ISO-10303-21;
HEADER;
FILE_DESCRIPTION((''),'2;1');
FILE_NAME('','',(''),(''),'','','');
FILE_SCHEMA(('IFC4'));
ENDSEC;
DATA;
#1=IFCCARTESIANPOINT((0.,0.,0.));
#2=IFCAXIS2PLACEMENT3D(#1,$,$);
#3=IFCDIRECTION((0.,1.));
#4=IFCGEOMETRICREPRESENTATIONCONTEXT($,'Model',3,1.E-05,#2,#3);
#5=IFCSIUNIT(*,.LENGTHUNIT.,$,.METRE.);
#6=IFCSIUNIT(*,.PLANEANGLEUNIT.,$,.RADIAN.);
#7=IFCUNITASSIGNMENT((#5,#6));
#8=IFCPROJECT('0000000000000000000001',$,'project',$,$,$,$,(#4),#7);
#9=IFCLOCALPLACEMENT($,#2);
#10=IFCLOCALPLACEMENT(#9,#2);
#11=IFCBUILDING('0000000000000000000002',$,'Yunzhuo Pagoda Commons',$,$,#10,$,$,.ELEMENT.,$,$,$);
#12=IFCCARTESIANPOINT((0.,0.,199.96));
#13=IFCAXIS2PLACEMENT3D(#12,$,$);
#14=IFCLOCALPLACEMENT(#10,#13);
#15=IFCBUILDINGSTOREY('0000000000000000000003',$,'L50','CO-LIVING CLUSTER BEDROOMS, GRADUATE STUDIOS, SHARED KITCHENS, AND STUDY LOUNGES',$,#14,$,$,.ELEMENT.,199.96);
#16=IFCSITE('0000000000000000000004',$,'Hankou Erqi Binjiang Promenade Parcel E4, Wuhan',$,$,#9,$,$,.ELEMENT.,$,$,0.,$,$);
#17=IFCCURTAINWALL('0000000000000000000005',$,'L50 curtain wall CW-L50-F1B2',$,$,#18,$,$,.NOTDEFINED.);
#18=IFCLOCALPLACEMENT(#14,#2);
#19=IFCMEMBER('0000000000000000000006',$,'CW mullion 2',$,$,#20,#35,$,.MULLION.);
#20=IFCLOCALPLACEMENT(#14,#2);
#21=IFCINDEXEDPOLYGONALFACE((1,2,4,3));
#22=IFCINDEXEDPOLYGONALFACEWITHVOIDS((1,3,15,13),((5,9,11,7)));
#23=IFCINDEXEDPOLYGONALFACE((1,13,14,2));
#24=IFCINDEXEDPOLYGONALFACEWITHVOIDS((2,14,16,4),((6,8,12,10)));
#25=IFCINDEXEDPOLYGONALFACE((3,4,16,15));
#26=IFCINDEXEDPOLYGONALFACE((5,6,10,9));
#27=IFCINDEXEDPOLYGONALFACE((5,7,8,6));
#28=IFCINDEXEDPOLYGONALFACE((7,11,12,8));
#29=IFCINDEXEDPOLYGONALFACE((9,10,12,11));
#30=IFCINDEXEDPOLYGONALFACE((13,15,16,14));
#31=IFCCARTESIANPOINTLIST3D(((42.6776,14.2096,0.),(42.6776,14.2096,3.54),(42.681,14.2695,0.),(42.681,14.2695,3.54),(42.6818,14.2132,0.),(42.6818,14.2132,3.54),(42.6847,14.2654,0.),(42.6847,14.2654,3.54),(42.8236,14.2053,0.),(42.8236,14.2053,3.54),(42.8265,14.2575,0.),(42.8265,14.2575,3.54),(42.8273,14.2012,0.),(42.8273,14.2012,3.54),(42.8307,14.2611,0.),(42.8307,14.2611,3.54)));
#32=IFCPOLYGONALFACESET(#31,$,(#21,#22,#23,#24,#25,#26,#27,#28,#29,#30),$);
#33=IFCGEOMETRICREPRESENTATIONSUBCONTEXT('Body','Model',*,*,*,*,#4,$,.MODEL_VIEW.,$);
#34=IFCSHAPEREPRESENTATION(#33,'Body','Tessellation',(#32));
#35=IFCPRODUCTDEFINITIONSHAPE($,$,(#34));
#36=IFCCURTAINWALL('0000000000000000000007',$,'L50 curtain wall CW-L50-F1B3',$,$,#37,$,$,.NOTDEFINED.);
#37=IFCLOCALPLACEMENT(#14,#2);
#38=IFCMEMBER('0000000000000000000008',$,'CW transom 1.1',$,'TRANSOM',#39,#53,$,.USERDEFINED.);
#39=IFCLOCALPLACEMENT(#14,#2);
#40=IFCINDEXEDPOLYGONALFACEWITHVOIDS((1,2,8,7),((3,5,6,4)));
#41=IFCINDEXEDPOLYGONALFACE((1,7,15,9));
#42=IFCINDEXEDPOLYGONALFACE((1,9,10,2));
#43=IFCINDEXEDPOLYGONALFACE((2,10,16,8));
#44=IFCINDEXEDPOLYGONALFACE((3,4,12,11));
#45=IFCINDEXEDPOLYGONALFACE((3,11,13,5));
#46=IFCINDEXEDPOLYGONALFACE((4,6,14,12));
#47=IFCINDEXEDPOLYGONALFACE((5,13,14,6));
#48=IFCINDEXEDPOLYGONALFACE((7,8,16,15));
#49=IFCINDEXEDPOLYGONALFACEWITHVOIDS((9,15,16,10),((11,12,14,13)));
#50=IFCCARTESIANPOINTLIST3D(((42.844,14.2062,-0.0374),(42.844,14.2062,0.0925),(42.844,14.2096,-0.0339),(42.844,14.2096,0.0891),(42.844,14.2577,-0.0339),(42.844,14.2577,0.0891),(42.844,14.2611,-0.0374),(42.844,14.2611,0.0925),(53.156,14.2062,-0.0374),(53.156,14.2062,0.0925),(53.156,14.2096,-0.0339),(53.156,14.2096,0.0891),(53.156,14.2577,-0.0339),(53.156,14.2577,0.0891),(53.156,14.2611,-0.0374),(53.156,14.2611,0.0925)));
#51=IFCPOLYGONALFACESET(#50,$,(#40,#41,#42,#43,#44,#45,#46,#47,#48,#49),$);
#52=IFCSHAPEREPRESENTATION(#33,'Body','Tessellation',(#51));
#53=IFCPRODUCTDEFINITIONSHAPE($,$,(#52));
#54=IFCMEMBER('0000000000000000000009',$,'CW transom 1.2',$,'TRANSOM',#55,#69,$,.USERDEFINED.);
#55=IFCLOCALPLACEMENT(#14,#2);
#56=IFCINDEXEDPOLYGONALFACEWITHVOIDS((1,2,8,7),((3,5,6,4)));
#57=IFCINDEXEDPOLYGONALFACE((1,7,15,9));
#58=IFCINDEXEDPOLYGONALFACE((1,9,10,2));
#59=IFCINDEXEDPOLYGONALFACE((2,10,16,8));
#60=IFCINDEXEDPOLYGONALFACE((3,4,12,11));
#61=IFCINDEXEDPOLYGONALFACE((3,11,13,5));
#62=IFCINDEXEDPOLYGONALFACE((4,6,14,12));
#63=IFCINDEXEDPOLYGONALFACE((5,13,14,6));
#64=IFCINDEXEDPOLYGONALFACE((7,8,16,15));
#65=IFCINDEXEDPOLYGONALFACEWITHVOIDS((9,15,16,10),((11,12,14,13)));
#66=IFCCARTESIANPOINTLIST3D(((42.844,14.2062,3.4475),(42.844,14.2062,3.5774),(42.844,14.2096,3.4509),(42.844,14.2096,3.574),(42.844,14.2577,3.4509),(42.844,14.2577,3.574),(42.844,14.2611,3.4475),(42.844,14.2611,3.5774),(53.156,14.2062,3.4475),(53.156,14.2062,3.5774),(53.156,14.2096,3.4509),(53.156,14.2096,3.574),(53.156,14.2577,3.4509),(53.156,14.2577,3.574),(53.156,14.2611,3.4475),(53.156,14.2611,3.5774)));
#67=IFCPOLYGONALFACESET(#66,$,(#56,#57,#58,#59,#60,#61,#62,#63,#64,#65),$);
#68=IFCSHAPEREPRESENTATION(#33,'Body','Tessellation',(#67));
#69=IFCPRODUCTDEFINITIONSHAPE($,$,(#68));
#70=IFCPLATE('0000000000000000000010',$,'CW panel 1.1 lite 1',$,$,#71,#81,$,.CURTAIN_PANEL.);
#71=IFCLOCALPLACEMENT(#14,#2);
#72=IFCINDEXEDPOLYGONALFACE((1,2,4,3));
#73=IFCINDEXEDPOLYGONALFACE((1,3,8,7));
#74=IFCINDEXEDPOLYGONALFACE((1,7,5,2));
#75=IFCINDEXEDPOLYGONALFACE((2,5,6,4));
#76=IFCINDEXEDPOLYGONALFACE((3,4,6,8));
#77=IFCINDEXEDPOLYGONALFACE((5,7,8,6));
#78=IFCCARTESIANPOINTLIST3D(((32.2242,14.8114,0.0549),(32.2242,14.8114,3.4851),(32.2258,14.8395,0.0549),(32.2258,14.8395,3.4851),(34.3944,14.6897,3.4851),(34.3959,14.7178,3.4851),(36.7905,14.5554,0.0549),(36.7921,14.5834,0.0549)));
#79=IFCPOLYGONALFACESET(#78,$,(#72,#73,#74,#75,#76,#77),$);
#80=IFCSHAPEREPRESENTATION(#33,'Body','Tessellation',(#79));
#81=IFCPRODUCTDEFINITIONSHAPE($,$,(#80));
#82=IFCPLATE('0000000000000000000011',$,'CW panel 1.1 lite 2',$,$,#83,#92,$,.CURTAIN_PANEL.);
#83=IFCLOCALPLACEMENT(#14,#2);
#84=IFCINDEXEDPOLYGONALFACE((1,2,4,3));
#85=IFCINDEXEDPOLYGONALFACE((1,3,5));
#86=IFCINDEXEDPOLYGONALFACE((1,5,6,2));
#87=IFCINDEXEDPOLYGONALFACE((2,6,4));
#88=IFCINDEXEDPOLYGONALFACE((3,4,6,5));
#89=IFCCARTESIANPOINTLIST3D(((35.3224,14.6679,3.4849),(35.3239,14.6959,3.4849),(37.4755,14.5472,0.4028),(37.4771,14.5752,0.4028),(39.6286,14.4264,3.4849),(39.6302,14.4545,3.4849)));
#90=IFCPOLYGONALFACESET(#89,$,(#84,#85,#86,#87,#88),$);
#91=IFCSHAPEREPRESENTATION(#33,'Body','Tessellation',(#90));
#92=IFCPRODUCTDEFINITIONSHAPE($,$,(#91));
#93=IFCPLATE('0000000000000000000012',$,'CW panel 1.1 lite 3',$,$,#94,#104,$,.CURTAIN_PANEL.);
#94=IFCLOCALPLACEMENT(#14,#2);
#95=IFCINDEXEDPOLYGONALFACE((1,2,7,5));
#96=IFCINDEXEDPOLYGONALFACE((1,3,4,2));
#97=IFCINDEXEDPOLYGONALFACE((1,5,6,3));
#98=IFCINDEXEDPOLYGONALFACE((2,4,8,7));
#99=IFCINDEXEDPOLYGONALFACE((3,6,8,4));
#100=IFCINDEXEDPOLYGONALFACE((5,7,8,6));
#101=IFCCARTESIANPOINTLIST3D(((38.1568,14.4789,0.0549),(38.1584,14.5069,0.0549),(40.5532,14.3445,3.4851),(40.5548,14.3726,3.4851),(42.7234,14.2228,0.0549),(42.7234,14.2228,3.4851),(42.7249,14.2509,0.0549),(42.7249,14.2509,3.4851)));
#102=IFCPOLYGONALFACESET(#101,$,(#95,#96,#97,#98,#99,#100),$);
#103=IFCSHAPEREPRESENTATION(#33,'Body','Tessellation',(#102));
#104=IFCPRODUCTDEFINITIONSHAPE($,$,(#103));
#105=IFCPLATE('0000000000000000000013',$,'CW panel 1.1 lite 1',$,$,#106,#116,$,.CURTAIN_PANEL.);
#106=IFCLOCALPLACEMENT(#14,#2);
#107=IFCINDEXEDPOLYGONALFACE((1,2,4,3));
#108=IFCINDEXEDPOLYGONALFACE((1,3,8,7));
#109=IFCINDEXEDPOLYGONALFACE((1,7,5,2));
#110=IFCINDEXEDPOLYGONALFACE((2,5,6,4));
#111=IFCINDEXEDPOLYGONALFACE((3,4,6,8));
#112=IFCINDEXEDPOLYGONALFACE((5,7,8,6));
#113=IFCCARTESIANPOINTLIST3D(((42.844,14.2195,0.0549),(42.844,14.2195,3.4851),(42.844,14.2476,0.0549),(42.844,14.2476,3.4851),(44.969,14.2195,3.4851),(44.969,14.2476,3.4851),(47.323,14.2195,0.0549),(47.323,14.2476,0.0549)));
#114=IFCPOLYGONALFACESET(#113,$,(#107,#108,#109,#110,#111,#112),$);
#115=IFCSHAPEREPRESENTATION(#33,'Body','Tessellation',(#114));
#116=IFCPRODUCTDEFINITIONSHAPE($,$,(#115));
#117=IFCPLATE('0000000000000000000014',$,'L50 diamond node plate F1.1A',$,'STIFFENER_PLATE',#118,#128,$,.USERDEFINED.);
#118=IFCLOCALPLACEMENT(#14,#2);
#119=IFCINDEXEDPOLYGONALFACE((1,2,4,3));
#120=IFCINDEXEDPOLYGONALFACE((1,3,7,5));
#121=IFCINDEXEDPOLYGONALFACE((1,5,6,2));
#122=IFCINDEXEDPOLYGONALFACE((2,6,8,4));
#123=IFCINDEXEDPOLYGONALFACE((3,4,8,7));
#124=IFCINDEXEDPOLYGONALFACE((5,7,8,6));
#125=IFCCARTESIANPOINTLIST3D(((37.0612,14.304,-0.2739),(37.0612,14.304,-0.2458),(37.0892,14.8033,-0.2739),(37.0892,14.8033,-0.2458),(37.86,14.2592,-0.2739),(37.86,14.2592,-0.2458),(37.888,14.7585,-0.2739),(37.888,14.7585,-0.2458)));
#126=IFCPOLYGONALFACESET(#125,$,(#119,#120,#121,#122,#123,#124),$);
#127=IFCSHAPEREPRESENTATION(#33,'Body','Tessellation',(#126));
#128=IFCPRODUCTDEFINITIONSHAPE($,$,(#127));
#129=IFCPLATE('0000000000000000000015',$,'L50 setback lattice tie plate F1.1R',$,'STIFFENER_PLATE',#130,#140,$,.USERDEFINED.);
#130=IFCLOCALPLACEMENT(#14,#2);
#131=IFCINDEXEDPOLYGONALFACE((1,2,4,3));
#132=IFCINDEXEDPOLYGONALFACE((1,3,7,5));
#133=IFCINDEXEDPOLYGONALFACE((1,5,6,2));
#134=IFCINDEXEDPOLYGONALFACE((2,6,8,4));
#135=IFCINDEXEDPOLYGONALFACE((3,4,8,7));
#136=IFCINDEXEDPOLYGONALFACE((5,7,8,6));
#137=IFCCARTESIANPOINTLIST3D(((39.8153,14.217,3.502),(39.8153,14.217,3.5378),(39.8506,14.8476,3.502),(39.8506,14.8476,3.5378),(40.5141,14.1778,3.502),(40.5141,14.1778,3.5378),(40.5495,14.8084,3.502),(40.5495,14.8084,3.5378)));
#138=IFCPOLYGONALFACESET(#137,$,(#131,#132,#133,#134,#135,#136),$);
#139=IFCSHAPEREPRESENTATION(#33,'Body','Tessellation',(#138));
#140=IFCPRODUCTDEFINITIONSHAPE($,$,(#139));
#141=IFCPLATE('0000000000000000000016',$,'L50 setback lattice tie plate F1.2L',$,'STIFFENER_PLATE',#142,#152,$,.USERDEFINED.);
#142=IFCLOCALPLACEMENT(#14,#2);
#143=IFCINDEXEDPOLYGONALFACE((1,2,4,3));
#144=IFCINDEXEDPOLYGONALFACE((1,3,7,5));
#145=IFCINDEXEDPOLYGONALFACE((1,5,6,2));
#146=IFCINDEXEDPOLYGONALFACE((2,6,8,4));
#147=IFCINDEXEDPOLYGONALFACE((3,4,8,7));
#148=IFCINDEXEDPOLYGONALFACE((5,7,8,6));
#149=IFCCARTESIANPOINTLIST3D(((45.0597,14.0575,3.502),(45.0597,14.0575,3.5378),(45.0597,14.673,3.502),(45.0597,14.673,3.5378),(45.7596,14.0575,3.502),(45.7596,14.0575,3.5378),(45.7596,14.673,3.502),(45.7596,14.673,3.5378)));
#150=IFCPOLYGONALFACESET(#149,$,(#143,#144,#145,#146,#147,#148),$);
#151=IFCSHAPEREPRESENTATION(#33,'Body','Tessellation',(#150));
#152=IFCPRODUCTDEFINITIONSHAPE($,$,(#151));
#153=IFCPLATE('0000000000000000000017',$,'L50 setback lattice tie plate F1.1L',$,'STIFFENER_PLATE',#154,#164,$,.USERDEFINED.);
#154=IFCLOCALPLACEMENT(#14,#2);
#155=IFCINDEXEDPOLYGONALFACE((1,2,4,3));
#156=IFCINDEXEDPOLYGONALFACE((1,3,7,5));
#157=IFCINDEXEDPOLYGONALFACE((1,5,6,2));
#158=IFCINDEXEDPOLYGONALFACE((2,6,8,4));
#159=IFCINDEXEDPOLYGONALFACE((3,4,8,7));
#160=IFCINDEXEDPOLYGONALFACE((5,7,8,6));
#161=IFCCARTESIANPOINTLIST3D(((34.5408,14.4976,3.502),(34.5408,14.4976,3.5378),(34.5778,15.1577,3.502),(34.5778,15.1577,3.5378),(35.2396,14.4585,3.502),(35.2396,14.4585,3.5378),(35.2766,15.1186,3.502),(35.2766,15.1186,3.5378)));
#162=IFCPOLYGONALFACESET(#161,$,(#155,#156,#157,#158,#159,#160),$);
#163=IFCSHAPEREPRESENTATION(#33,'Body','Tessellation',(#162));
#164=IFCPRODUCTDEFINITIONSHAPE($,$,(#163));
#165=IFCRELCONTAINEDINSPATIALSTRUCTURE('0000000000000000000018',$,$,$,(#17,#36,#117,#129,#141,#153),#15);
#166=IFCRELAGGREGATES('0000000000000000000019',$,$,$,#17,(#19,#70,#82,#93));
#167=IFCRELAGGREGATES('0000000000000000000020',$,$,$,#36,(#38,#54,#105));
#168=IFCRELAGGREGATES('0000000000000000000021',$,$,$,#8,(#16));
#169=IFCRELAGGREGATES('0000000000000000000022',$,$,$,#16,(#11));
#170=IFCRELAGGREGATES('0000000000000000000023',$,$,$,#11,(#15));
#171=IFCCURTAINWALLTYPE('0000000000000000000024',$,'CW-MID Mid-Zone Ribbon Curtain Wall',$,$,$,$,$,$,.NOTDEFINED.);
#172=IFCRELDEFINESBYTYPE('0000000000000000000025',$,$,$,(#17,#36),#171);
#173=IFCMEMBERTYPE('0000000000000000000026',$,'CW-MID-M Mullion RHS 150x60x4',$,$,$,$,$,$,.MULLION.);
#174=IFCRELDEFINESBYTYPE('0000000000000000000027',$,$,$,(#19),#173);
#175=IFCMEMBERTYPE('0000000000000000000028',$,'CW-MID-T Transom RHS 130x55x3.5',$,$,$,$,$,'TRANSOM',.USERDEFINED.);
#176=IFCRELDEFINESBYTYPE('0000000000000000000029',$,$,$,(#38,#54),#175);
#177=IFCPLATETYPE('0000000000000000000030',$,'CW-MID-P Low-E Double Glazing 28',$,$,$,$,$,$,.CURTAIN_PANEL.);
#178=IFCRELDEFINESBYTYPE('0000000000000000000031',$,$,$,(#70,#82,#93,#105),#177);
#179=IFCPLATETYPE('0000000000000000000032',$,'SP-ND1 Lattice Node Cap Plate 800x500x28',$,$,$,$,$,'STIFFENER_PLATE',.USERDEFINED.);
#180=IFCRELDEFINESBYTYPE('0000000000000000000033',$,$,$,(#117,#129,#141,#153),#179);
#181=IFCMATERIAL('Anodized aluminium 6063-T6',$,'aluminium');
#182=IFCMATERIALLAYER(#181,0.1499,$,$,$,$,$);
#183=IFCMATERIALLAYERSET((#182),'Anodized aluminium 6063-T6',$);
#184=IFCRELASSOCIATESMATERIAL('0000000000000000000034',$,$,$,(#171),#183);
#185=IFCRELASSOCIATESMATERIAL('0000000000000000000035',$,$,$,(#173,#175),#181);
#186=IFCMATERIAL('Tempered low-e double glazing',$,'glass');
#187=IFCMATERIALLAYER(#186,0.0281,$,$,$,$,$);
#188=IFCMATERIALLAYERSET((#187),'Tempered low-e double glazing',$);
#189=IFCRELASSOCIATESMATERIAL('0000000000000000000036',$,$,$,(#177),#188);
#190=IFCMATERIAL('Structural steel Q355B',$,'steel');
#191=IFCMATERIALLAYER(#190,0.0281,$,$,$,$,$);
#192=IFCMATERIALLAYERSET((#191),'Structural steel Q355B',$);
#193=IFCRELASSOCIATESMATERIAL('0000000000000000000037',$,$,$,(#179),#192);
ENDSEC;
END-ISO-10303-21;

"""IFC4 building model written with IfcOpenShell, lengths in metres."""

from ifc_helpers import new_model, si_unit, direction, frame, origin, origin_2d, place, context, subcontext, project, spatial, polyline, rectangle, hollow_rectangle, outline, extrude, source, transform, mapped, material, layer, layer_set, material_profile, profile_set, type_object, element, aggregate, save


model = new_model("IFC4")

# Units and contexts
model_context = context("Model", 3, precision=1e-05, world=origin(), true_north=direction((0.0, 1.0)))
body_context = subcontext(model_context, "Body", "Model", "MODEL_VIEW")
ifc_project = project(units=[si_unit("LENGTHUNIT", "METRE"), si_unit("PLANEANGLEUNIT", "RADIAN")], contexts=[model_context])

# Site, building, storey
site_placement = place(None, origin())
site = spatial("IfcSite", under=ifc_project, at=site_placement, Name="Hankou Erqi Binjiang Promenade Parcel E4, Wuhan", CompositionType="ELEMENT", RefElevation=0.0)
building_placement = place(site_placement, origin())
building = spatial("IfcBuilding", under=site, at=building_placement, Name="Yunzhuo Pagoda Commons", CompositionType="ELEMENT")
storey_placement = place(building_placement, frame((0.0, 0.0, 199.96)))
storey = spatial("IfcBuildingStorey", under=building, at=storey_placement, Name="L50", Description="CO-LIVING CLUSTER BEDROOMS, GRADUATE STUDIOS, SHARED KITCHENS, AND STUDY LOUNGES", CompositionType="ELEMENT", Elevation=199.96)

# Shared definitions
ifc_material_1 = material(Name="Structural steel Q355B", Category="steel")

# Curtain wall, member
ifc_material_2 = material(Name="Anodized aluminium 6063-T6", Category="aluminium")
ifc_layer_1 = layer(ifc_material_2, 0.1499)
ifc_layer_set_1 = layer_set([ifc_layer_1], Name="Anodized aluminium 6063-T6")
curtain_wall_type = type_object("IfcCurtainWallType", Name="CW-MID Mid-Zone Ribbon Curtain Wall", PredefinedType="NOTDEFINED", material=ifc_layer_set_1)
curtain_wall_1_placement = place(storey_placement, origin())
curtain_wall_1 = element("IfcCurtainWall", 1, at=curtain_wall_1_placement, inside=storey, type_object=curtain_wall_type, Name="L50 curtain wall CW-L50-F1B2", PredefinedType="NOTDEFINED")
ifc_material_profile_1 = material_profile(ifc_material_2, hollow_rectangle(XDim=0.0601, YDim=0.1499, WallThickness=0.0039, at=origin_2d()), Name="Anodized aluminium 6063-T6")
ifc_profile_set_1 = profile_set([ifc_material_profile_1], Name="Anodized aluminium 6063-T6")
member_type_1 = type_object("IfcMemberType", Name="CW-MID-M Mullion RHS 150x60x4", PredefinedType="MULLION", material=ifc_profile_set_1)
shared_shape_1 = source(origin(), body_context, "Body", "SweptSolid", [
    extrude(hollow_rectangle(XDim=0.0601, YDim=0.1499, WallThickness=0.0039, at=origin_2d()), origin(), (0.0, 0.0, 1.0), 3.54),
])
member_1_placement = place(storey_placement, frame((42.7542, 14.2354, 0.0), z_axis=(0.0, 0.0, 1.0), x_axis=(0.055983, 0.998432, 0.0)))
member_1 = element("IfcMember", 2, at=member_1_placement, type_object=member_type_1, Name="CW mullion 2", PredefinedType="MULLION", context=body_context, shape_type="MappedRepresentation", body=[
    mapped(shared_shape_1, transform((0.0, 0.0, 0.0), scale=1.0)),
])

# Curtain wall, members
curtain_wall_2_placement = place(storey_placement, origin())
curtain_wall_2 = element("IfcCurtainWall", 3, at=curtain_wall_2_placement, inside=storey, type_object=curtain_wall_type, Name="L50 curtain wall CW-L50-F1B3", PredefinedType="NOTDEFINED")
ifc_material_profile_2 = material_profile(ifc_material_2, hollow_rectangle(XDim=0.0549, YDim=0.1299, WallThickness=0.0034, at=origin_2d()), Name="Anodized aluminium 6063-T6")
ifc_profile_set_2 = profile_set([ifc_material_profile_2], Name="Anodized aluminium 6063-T6")
member_type_2 = type_object("IfcMemberType", Name="CW-MID-T Transom RHS 130x55x3.5", ElementType="TRANSOM", PredefinedType="USERDEFINED", material=ifc_profile_set_2)
shared_shape_2 = source(origin(), body_context, "Body", "SweptSolid", [
    extrude(hollow_rectangle(XDim=0.0549, YDim=0.1299, WallThickness=0.0034, at=origin_2d()), origin(), (0.0, 0.0, 1.0), 10.312),
])
member_2_placement = place(storey_placement, frame((42.844, 14.2336, 0.0276), z_axis=(1.0, 0.0, 0.0), x_axis=(0.0, 1.0, 0.0)))
member_2 = element("IfcMember", 4, at=member_2_placement, type_object=member_type_2, Name="CW transom 1.1", ObjectType="TRANSOM", PredefinedType="USERDEFINED", context=body_context, shape_type="MappedRepresentation", body=[
    mapped(shared_shape_2, transform((0.0, 0.0, 0.0), scale=1.0)),
])
member_3_placement = place(storey_placement, frame((42.844, 14.2336, 3.5125), z_axis=(1.0, 0.0, 0.0), x_axis=(0.0, 1.0, 0.0)))
member_3 = element("IfcMember", 5, at=member_3_placement, type_object=member_type_2, Name="CW transom 1.2", ObjectType="TRANSOM", PredefinedType="USERDEFINED", context=body_context, shape_type="MappedRepresentation", body=[
    mapped(shared_shape_2, transform((0.0, 0.0, 0.0), scale=1.0)),
])

# Plates
ifc_material_3 = material(Name="Tempered low-e double glazing", Category="glass")
ifc_layer_2 = layer(ifc_material_3, 0.0281)
ifc_layer_set_2 = layer_set([ifc_layer_2], Name="Tempered low-e double glazing")
plate_type_1 = type_object("IfcPlateType", Name="CW-MID-P Low-E Double Glazing 28", PredefinedType="CURTAIN_PANEL", material=ifc_layer_set_2)
plate_1_placement = place(storey_placement, frame((34.509, 14.7114, 1.77), z_axis=(-0.055983, -0.998432, 0.0), x_axis=(0.998432, -0.055983, 0.0)))
plate_1 = element("IfcPlate", 6, at=plate_1_placement, type_object=plate_type_1, Name="CW panel 1.1 lite 1", PredefinedType="CURTAIN_PANEL", context=body_context, shape_type="SweptSolid", body=[
    extrude(outline(polyline([(-2.2869, -1.7151), (2.2866, -1.7151), (-0.1133, 1.7151), (-2.2869, 1.7151), (-2.2869, -1.7151)])), origin(), (0.0, 0.0, 1.0), 0.0281),
])
plate_2_placement = place(storey_placement, frame((37.4771, 14.5752, 1.9438), z_axis=(-0.055983, -0.998432, 0.0), x_axis=(0.998432, -0.055983, 0.0)))
plate_2 = element("IfcPlate", 7, at=plate_2_placement, type_object=plate_type_1, Name="CW panel 1.1 lite 2", PredefinedType="CURTAIN_PANEL", context=body_context, shape_type="SweptSolid", body=[
    extrude(outline(polyline([(-2.1565, 1.541), (0.0, -1.541), (2.1565, 1.541), (-2.1565, 1.541)])), origin(), (0.0, 0.0, 1.0), 0.0281),
])
plate_3_placement = place(storey_placement, frame((40.4417, 14.3789, 1.77), z_axis=(-0.055983, -0.998432, 0.0), x_axis=(0.998432, -0.055983, 0.0)))
plate_3 = element("IfcPlate", 8, at=plate_3_placement, type_object=plate_type_1, Name="CW panel 1.1 lite 3", PredefinedType="CURTAIN_PANEL", context=body_context, shape_type="SweptSolid", body=[
    extrude(outline(polyline([(-2.2869, -1.7151), (2.2869, -1.7151), (2.2869, 1.7151), (0.1133, 1.7151), (-2.2869, -1.7151)])), origin(), (0.0, 0.0, 1.0), 0.0281),
])
aggregate(curtain_wall_1, [member_1, plate_1, plate_2, plate_3])
plate_4_placement = place(storey_placement, frame((45.0835, 14.2476, 1.77), z_axis=(0.0, -1.0, 0.0), x_axis=(1.0, 0.0, 0.0)))
plate_4 = element("IfcPlate", 9, at=plate_4_placement, type_object=plate_type_1, Name="CW panel 1.1 lite 1", PredefinedType="CURTAIN_PANEL", context=body_context, shape_type="SweptSolid", body=[
    extrude(outline(polyline([(-2.2395, -1.7151), (2.2395, -1.7151), (-0.1145, 1.7151), (-2.2395, 1.7151), (-2.2395, -1.7151)])), origin(), (0.0, 0.0, 1.0), 0.0281),
])
aggregate(curtain_wall_2, [member_2, member_3, plate_4])

# Plates
ifc_layer_3 = layer(ifc_material_1, 0.0281)
ifc_layer_set_3 = layer_set([ifc_layer_3], Name="Structural steel Q355B")
plate_type_2 = type_object("IfcPlateType", Name="SP-ND1 Lattice Node Cap Plate 800x500x28", ElementType="STIFFENER_PLATE", PredefinedType="USERDEFINED", material=ifc_layer_set_3)
shared_shape_3 = source(origin(), body_context, "Body", "SweptSolid", [
    extrude(rectangle(XDim=0.8, YDim=0.5, at=origin_2d()), origin(), (0.0, 0.0, 1.0), 0.0281),
])
plate_5_placement = place(storey_placement, frame((37.4746, 14.5312, -0.2739), z_axis=(0.0, 0.0, 1.0), x_axis=(0.998432, -0.055978, 0.0)))
element("IfcPlate", 10, at=plate_5_placement, inside=storey, type_object=plate_type_2, Name="L50 diamond node plate F1.1A", ObjectType="STIFFENER_PLATE", PredefinedType="USERDEFINED", context=body_context, shape_type="MappedRepresentation", body=[
    mapped(shared_shape_3, transform((0.0, 0.0, 0.0), scale=1.0)),
])
shared_shape_4 = source(origin(), body_context, "Body", "SweptSolid", [
    extrude(rectangle(XDim=0.7, YDim=0.6316, at=origin_2d()), origin(), (0.0, 0.0, 1.0), 0.0359),
])
plate_6_placement = place(storey_placement, frame((40.1824, 14.5127, 3.502), z_axis=(0.0, 0.0, 1.0), x_axis=(0.998432, -0.055978, 0.0)))
element("IfcPlate", 11, at=plate_6_placement, inside=storey, type_object=plate_type_2, Name="L50 setback lattice tie plate F1.1R", ObjectType="STIFFENER_PLATE", PredefinedType="USERDEFINED", context=body_context, shape_type="MappedRepresentation", body=[
    mapped(shared_shape_4, transform((0.0, 0.0, 0.0), scale=1.0)),
])
shared_shape_5 = source(origin(), body_context, "Body", "SweptSolid", [
    extrude(rectangle(XDim=0.7, YDim=0.6155, at=origin_2d()), origin(), (0.0, 0.0, 1.0), 0.0359),
])
plate_7_placement = place(storey_placement, frame((45.4097, 14.3652, 3.502), z_axis=(0.0, 0.0, 1.0), x_axis=(1.0, 0.0, 0.0)))
element("IfcPlate", 12, at=plate_7_placement, inside=storey, type_object=plate_type_2, Name="L50 setback lattice tie plate F1.2L", ObjectType="STIFFENER_PLATE", PredefinedType="USERDEFINED", context=body_context, shape_type="MappedRepresentation", body=[
    mapped(shared_shape_5, transform((0.0, 0.0, 0.0), scale=1.0)),
])
shared_shape_6 = source(origin(), body_context, "Body", "SweptSolid", [
    extrude(rectangle(XDim=0.7, YDim=0.6611, at=origin_2d()), origin(), (0.0, 0.0, 1.0), 0.0359),
])
plate_8_placement = place(storey_placement, frame((34.9087, 14.8081, 3.502), z_axis=(0.0, 0.0, 1.0), x_axis=(0.998432, -0.055978, 0.0)))
element("IfcPlate", 13, at=plate_8_placement, inside=storey, type_object=plate_type_2, Name="L50 setback lattice tie plate F1.1L", ObjectType="STIFFENER_PLATE", PredefinedType="USERDEFINED", context=body_context, shape_type="MappedRepresentation", body=[
    mapped(shared_shape_6, transform((0.0, 0.0, 0.0), scale=1.0)),
])

save(model, "model.ifc")
